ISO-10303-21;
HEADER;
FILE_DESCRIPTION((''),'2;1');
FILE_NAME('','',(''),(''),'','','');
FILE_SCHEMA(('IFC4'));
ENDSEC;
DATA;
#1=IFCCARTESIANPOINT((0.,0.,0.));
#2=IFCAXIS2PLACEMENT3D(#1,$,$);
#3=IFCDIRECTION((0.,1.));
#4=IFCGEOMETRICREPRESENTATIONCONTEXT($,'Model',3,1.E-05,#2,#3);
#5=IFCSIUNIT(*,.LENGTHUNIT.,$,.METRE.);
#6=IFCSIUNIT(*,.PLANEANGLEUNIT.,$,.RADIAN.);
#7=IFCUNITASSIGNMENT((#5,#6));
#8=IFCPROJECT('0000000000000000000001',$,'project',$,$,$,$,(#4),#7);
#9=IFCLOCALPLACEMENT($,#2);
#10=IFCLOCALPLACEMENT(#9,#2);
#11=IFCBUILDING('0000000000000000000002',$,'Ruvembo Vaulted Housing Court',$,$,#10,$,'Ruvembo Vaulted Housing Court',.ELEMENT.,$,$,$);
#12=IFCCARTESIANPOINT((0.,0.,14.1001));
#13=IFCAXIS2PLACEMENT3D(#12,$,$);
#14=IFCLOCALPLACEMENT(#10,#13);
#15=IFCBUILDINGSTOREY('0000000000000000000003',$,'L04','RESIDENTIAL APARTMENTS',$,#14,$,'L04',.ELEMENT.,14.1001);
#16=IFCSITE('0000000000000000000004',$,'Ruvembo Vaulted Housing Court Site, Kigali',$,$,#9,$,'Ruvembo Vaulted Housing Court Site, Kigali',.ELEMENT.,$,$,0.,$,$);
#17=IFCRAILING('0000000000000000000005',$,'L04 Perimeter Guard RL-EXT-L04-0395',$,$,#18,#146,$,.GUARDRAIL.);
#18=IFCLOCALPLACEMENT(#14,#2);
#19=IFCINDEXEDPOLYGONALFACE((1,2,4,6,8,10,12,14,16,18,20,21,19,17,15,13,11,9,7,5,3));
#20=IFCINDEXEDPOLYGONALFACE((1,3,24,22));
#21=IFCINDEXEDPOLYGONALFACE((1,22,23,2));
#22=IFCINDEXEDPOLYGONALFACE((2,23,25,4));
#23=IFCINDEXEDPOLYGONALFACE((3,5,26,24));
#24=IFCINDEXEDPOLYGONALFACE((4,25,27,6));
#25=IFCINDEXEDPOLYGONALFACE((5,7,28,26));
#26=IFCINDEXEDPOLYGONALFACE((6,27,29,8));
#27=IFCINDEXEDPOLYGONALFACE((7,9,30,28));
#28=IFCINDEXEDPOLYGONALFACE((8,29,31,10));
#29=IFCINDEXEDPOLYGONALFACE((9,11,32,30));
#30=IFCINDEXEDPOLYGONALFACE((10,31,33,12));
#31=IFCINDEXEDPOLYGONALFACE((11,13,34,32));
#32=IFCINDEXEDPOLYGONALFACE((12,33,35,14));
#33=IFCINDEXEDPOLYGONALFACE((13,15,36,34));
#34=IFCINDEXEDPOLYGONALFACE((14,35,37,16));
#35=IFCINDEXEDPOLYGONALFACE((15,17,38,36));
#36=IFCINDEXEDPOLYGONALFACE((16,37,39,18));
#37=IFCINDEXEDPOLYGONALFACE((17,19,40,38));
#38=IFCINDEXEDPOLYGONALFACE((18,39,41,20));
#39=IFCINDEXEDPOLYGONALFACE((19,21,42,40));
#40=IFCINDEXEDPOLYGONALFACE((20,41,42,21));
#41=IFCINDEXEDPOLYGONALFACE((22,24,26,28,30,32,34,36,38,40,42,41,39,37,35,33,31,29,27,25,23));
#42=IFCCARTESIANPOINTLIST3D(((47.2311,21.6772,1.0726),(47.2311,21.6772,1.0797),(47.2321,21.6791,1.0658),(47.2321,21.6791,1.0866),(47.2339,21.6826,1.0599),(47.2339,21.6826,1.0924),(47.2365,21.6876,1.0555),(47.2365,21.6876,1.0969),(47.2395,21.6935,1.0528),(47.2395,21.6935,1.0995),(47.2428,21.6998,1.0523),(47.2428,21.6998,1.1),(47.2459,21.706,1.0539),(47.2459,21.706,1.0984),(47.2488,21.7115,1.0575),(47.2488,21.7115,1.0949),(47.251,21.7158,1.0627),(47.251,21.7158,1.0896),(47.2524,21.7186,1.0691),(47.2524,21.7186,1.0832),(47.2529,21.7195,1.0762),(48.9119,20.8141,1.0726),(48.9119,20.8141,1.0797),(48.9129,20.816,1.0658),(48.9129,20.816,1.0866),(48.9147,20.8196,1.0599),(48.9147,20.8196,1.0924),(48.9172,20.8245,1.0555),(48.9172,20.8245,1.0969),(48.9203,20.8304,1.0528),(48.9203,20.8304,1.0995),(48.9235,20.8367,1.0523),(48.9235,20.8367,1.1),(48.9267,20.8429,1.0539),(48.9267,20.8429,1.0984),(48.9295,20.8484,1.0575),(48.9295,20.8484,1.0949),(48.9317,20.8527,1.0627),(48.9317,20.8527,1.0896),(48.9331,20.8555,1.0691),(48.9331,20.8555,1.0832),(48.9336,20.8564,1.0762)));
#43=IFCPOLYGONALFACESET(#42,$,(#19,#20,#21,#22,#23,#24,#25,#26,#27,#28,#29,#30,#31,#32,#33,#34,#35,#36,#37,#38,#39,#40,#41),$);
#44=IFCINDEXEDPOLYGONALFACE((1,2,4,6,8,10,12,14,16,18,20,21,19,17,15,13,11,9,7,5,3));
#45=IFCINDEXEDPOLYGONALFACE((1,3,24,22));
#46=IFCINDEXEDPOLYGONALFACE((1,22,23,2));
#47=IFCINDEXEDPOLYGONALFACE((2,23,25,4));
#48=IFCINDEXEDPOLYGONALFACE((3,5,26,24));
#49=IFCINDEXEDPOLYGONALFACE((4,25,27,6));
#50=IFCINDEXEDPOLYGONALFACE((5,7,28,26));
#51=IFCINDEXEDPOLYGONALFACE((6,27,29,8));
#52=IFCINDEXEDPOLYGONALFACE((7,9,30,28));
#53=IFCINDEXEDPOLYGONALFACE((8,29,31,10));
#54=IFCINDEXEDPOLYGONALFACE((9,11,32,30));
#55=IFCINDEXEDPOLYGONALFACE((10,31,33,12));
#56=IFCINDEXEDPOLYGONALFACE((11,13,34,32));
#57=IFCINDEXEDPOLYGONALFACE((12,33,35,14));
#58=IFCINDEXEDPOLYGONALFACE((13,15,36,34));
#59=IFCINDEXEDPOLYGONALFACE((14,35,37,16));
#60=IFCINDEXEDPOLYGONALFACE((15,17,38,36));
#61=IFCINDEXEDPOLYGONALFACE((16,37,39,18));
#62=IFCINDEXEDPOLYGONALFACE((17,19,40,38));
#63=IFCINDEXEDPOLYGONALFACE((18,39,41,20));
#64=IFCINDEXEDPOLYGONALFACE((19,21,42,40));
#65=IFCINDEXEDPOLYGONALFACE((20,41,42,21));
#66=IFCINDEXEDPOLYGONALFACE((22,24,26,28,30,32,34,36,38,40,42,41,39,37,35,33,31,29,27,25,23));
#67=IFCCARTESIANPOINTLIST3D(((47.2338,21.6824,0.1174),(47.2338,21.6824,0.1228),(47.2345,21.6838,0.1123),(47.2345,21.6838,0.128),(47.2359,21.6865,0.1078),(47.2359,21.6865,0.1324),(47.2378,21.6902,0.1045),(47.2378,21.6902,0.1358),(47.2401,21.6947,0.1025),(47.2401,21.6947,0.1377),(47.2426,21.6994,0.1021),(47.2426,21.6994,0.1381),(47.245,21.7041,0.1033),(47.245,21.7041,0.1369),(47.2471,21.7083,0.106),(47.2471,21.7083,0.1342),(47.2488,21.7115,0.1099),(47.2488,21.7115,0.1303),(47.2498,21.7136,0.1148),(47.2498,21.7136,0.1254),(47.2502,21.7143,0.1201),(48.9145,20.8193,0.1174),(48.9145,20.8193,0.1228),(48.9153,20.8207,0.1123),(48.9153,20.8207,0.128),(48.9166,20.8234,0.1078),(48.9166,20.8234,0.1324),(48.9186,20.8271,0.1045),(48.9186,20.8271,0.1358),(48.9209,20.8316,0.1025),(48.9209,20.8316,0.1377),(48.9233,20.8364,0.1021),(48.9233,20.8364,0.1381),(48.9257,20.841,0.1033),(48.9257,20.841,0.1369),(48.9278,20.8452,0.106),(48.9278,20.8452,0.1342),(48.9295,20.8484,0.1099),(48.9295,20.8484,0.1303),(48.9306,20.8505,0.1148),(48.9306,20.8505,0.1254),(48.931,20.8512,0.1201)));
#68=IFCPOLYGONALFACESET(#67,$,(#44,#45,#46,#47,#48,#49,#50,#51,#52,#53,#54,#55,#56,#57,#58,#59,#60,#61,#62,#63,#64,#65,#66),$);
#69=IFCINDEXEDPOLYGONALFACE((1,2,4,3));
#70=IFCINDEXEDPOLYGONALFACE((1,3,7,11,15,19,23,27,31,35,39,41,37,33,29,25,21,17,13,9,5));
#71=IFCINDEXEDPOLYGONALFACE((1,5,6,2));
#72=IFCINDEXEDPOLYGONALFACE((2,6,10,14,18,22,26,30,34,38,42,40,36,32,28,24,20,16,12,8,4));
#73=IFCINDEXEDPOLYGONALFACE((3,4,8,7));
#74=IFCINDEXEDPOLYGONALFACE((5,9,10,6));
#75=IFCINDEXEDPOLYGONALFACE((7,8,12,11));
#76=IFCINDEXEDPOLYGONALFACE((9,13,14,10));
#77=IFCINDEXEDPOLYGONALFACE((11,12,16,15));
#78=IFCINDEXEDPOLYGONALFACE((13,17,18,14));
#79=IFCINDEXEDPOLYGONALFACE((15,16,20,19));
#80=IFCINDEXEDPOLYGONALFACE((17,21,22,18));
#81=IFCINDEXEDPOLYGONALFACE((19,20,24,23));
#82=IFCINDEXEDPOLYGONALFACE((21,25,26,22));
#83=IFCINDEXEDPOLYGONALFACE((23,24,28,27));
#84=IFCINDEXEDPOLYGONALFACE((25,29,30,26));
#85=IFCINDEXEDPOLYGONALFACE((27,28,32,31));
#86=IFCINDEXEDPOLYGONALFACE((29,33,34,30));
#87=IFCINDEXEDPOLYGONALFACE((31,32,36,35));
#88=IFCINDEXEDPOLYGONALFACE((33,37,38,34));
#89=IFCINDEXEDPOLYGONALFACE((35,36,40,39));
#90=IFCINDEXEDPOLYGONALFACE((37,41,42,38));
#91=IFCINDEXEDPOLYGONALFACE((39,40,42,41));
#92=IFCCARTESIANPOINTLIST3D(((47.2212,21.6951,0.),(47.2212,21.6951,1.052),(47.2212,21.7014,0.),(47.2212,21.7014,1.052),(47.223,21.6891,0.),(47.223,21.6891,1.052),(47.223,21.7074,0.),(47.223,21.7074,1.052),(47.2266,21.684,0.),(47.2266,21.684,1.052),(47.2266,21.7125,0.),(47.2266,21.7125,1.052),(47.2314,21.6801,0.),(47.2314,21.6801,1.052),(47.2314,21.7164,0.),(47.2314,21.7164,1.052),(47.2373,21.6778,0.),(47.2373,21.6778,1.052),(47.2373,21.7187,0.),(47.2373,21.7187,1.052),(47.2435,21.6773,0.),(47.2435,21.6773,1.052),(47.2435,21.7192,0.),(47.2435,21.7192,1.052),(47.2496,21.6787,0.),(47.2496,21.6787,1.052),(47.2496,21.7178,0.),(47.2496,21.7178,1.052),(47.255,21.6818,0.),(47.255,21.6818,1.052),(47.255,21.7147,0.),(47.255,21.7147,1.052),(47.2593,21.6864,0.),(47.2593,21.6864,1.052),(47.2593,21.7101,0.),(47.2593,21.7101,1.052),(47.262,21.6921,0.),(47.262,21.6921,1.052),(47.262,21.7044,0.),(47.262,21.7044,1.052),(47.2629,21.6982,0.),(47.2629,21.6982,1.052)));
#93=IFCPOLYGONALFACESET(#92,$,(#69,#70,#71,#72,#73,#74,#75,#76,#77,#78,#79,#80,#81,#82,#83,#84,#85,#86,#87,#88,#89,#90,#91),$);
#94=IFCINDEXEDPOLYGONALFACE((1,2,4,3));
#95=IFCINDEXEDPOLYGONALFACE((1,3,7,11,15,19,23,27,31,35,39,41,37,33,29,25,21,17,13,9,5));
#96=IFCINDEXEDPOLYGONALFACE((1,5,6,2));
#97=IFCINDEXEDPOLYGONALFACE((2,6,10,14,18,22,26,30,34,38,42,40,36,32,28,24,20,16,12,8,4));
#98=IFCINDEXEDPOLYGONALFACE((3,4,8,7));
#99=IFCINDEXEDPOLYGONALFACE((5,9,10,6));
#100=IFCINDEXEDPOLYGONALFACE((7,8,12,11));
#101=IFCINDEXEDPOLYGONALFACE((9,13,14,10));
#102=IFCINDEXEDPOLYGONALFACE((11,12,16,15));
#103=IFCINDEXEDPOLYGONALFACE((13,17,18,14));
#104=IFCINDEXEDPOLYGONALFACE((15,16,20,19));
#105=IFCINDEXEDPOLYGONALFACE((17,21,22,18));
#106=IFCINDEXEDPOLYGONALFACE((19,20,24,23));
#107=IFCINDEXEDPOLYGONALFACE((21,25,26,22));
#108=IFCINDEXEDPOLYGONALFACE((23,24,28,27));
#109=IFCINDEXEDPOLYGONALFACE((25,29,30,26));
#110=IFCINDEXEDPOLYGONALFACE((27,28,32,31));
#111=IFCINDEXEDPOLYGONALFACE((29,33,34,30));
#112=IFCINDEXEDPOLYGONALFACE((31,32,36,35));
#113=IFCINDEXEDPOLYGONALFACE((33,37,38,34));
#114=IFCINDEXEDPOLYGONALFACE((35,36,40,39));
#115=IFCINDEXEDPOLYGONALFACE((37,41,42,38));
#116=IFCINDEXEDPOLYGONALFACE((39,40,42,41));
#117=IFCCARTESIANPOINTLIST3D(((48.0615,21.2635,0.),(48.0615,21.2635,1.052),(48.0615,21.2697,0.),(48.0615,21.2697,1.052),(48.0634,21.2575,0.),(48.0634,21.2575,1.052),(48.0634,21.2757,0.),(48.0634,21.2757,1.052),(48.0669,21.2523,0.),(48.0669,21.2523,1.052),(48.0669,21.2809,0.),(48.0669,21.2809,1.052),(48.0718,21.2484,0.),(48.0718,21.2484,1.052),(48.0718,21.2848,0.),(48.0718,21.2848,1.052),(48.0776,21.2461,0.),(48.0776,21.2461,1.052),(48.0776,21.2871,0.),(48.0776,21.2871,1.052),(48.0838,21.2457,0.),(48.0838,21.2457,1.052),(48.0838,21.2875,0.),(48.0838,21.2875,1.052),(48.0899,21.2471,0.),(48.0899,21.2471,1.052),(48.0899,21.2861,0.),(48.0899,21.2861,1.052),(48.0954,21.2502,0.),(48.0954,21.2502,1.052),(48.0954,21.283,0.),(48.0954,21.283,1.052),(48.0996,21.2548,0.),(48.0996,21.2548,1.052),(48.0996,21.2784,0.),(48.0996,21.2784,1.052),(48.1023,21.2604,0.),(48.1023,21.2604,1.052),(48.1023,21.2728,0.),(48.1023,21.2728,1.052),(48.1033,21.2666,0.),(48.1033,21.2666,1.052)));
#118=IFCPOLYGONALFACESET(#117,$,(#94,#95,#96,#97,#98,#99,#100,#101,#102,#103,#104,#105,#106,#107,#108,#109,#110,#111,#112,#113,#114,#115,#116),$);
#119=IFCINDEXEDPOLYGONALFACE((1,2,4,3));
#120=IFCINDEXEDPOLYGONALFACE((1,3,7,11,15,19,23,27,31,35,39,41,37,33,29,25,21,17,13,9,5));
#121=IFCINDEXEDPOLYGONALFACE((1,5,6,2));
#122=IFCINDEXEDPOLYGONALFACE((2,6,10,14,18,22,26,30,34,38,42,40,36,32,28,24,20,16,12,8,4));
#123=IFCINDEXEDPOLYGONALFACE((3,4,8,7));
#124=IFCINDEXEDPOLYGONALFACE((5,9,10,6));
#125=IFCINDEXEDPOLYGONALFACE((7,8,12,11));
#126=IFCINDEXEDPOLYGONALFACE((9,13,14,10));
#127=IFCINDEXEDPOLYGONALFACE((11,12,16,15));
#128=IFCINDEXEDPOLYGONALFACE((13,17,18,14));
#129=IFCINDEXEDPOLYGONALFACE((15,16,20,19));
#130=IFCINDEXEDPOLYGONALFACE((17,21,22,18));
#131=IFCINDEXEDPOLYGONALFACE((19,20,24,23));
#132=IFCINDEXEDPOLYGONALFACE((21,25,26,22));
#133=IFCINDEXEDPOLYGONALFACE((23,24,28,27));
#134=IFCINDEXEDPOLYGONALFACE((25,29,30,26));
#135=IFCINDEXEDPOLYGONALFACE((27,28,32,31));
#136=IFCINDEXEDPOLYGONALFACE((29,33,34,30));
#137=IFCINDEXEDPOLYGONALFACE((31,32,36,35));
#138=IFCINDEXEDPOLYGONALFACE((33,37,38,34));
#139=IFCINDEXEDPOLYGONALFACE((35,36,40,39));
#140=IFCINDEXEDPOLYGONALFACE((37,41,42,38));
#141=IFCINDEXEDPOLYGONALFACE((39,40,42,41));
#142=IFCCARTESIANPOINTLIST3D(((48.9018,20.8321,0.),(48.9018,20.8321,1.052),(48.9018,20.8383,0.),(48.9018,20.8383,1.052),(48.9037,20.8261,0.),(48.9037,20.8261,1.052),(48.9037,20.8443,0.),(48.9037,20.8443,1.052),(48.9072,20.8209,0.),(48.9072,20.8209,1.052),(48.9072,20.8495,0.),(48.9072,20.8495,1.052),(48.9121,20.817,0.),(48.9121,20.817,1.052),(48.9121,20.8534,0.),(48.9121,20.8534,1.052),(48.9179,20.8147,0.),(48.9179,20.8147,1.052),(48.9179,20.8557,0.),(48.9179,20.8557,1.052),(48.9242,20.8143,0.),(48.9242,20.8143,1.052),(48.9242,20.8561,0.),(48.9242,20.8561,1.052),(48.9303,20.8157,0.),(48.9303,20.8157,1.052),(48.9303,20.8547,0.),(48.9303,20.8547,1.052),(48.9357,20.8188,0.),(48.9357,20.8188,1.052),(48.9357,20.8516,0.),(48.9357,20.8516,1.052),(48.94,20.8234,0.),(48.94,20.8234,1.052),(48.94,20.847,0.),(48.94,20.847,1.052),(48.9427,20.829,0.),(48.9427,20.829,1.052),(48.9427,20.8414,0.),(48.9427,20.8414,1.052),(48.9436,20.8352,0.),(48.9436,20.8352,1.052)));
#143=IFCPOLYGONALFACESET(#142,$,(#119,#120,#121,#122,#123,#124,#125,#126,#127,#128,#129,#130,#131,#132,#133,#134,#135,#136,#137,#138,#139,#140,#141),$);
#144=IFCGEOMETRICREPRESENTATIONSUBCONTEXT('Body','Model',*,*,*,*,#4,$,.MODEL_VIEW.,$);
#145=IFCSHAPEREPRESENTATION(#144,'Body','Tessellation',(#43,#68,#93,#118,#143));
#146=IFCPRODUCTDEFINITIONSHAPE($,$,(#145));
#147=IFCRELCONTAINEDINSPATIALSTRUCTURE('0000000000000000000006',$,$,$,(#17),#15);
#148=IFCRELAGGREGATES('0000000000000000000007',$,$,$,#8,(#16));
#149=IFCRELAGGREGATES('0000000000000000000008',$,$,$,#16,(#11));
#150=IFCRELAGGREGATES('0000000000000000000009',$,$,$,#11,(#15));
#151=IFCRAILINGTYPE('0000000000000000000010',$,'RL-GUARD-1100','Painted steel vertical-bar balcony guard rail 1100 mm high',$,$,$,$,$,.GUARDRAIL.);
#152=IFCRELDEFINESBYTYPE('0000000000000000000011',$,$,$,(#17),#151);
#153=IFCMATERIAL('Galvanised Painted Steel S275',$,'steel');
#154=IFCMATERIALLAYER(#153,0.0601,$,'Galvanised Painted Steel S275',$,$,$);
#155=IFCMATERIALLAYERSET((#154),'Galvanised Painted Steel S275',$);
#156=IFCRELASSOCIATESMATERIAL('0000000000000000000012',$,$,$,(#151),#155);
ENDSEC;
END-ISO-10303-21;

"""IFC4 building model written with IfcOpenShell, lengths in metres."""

from ifc_helpers import new_model, si_unit, direction, frame, origin, origin_2d, place, context, subcontext, project, spatial, circle, extrude, material, layer, layer_set, type_object, element, save


model = new_model("IFC4")

# Units and contexts
model_context = context("Model", 3, precision=1e-05, world=origin(), true_north=direction((0.0, 1.0)))
body_context = subcontext(model_context, "Body", "Model", "MODEL_VIEW")
ifc_project = project(units=[si_unit("LENGTHUNIT", "METRE"), si_unit("PLANEANGLEUNIT", "RADIAN")], contexts=[model_context])

# Site, building, storey
site_placement = place(None, origin())
site = spatial("IfcSite", under=ifc_project, at=site_placement, Name="Ruvembo Vaulted Housing Court Site, Kigali", LongName="Ruvembo Vaulted Housing Court Site, Kigali", CompositionType="ELEMENT", RefElevation=0.0)
building_placement = place(site_placement, origin())
building = spatial("IfcBuilding", under=site, at=building_placement, Name="Ruvembo Vaulted Housing Court", LongName="Ruvembo Vaulted Housing Court", CompositionType="ELEMENT")
storey_placement = place(building_placement, frame((0.0, 0.0, 14.1001)))
storey = spatial("IfcBuildingStorey", under=building, at=storey_placement, Name="L04", Description="RESIDENTIAL APARTMENTS", LongName="L04", CompositionType="ELEMENT", Elevation=14.1001)

# Railing
ifc_material_1 = material(Name="Galvanised Painted Steel S275", Category="steel")
ifc_layer_1 = layer(ifc_material_1, 0.0601, Name="Galvanised Painted Steel S275")
ifc_layer_set_1 = layer_set([ifc_layer_1], Name="Galvanised Painted Steel S275")
railing_type_1 = type_object("IfcRailingType", Name="RL-GUARD-1100", Description="Painted steel vertical-bar balcony guard rail 1100 mm high", PredefinedType="GUARDRAIL", material=ifc_layer_set_1)
railing_1_placement = place(storey_placement, frame((47.2419, 21.6982, 0.0)))
element("IfcRailing", 1, at=railing_1_placement, inside=storey, type_object=railing_type_1, Name="L04 Perimeter Guard RL-EXT-L04-0395", PredefinedType="GUARDRAIL", context=body_context, shape_type="SweptSolid", body=[
    extrude(circle(Radius=0.0239, at=origin_2d()), frame((0.0, 0.0, 1.0762), z_axis=(0.889568, -0.456802, 0.0), x_axis=(0.456802, 0.889568, 0.0)), (0.0, 0.0, 1.0), 1.8894),
    extrude(circle(Radius=0.0181, at=origin_2d()), frame((0.0, 0.0, 0.1201), z_axis=(0.889568, -0.456802, 0.0), x_axis=(0.456802, 0.889568, 0.0)), (0.0, 0.0, 1.0), 1.8894),
    extrude(circle(Radius=0.021, at=origin_2d()), origin(), (0.0, 0.0, 1.0), 1.052),
    extrude(circle(Radius=0.021, at=origin_2d()), frame((0.8403, -0.4316, 0.0)), (0.0, 0.0, 1.0), 1.052),
    extrude(circle(Radius=0.021, at=origin_2d()), frame((1.6807, -0.863, 0.0)), (0.0, 0.0, 1.0), 1.052),
])

save(model, "model.ifc")
